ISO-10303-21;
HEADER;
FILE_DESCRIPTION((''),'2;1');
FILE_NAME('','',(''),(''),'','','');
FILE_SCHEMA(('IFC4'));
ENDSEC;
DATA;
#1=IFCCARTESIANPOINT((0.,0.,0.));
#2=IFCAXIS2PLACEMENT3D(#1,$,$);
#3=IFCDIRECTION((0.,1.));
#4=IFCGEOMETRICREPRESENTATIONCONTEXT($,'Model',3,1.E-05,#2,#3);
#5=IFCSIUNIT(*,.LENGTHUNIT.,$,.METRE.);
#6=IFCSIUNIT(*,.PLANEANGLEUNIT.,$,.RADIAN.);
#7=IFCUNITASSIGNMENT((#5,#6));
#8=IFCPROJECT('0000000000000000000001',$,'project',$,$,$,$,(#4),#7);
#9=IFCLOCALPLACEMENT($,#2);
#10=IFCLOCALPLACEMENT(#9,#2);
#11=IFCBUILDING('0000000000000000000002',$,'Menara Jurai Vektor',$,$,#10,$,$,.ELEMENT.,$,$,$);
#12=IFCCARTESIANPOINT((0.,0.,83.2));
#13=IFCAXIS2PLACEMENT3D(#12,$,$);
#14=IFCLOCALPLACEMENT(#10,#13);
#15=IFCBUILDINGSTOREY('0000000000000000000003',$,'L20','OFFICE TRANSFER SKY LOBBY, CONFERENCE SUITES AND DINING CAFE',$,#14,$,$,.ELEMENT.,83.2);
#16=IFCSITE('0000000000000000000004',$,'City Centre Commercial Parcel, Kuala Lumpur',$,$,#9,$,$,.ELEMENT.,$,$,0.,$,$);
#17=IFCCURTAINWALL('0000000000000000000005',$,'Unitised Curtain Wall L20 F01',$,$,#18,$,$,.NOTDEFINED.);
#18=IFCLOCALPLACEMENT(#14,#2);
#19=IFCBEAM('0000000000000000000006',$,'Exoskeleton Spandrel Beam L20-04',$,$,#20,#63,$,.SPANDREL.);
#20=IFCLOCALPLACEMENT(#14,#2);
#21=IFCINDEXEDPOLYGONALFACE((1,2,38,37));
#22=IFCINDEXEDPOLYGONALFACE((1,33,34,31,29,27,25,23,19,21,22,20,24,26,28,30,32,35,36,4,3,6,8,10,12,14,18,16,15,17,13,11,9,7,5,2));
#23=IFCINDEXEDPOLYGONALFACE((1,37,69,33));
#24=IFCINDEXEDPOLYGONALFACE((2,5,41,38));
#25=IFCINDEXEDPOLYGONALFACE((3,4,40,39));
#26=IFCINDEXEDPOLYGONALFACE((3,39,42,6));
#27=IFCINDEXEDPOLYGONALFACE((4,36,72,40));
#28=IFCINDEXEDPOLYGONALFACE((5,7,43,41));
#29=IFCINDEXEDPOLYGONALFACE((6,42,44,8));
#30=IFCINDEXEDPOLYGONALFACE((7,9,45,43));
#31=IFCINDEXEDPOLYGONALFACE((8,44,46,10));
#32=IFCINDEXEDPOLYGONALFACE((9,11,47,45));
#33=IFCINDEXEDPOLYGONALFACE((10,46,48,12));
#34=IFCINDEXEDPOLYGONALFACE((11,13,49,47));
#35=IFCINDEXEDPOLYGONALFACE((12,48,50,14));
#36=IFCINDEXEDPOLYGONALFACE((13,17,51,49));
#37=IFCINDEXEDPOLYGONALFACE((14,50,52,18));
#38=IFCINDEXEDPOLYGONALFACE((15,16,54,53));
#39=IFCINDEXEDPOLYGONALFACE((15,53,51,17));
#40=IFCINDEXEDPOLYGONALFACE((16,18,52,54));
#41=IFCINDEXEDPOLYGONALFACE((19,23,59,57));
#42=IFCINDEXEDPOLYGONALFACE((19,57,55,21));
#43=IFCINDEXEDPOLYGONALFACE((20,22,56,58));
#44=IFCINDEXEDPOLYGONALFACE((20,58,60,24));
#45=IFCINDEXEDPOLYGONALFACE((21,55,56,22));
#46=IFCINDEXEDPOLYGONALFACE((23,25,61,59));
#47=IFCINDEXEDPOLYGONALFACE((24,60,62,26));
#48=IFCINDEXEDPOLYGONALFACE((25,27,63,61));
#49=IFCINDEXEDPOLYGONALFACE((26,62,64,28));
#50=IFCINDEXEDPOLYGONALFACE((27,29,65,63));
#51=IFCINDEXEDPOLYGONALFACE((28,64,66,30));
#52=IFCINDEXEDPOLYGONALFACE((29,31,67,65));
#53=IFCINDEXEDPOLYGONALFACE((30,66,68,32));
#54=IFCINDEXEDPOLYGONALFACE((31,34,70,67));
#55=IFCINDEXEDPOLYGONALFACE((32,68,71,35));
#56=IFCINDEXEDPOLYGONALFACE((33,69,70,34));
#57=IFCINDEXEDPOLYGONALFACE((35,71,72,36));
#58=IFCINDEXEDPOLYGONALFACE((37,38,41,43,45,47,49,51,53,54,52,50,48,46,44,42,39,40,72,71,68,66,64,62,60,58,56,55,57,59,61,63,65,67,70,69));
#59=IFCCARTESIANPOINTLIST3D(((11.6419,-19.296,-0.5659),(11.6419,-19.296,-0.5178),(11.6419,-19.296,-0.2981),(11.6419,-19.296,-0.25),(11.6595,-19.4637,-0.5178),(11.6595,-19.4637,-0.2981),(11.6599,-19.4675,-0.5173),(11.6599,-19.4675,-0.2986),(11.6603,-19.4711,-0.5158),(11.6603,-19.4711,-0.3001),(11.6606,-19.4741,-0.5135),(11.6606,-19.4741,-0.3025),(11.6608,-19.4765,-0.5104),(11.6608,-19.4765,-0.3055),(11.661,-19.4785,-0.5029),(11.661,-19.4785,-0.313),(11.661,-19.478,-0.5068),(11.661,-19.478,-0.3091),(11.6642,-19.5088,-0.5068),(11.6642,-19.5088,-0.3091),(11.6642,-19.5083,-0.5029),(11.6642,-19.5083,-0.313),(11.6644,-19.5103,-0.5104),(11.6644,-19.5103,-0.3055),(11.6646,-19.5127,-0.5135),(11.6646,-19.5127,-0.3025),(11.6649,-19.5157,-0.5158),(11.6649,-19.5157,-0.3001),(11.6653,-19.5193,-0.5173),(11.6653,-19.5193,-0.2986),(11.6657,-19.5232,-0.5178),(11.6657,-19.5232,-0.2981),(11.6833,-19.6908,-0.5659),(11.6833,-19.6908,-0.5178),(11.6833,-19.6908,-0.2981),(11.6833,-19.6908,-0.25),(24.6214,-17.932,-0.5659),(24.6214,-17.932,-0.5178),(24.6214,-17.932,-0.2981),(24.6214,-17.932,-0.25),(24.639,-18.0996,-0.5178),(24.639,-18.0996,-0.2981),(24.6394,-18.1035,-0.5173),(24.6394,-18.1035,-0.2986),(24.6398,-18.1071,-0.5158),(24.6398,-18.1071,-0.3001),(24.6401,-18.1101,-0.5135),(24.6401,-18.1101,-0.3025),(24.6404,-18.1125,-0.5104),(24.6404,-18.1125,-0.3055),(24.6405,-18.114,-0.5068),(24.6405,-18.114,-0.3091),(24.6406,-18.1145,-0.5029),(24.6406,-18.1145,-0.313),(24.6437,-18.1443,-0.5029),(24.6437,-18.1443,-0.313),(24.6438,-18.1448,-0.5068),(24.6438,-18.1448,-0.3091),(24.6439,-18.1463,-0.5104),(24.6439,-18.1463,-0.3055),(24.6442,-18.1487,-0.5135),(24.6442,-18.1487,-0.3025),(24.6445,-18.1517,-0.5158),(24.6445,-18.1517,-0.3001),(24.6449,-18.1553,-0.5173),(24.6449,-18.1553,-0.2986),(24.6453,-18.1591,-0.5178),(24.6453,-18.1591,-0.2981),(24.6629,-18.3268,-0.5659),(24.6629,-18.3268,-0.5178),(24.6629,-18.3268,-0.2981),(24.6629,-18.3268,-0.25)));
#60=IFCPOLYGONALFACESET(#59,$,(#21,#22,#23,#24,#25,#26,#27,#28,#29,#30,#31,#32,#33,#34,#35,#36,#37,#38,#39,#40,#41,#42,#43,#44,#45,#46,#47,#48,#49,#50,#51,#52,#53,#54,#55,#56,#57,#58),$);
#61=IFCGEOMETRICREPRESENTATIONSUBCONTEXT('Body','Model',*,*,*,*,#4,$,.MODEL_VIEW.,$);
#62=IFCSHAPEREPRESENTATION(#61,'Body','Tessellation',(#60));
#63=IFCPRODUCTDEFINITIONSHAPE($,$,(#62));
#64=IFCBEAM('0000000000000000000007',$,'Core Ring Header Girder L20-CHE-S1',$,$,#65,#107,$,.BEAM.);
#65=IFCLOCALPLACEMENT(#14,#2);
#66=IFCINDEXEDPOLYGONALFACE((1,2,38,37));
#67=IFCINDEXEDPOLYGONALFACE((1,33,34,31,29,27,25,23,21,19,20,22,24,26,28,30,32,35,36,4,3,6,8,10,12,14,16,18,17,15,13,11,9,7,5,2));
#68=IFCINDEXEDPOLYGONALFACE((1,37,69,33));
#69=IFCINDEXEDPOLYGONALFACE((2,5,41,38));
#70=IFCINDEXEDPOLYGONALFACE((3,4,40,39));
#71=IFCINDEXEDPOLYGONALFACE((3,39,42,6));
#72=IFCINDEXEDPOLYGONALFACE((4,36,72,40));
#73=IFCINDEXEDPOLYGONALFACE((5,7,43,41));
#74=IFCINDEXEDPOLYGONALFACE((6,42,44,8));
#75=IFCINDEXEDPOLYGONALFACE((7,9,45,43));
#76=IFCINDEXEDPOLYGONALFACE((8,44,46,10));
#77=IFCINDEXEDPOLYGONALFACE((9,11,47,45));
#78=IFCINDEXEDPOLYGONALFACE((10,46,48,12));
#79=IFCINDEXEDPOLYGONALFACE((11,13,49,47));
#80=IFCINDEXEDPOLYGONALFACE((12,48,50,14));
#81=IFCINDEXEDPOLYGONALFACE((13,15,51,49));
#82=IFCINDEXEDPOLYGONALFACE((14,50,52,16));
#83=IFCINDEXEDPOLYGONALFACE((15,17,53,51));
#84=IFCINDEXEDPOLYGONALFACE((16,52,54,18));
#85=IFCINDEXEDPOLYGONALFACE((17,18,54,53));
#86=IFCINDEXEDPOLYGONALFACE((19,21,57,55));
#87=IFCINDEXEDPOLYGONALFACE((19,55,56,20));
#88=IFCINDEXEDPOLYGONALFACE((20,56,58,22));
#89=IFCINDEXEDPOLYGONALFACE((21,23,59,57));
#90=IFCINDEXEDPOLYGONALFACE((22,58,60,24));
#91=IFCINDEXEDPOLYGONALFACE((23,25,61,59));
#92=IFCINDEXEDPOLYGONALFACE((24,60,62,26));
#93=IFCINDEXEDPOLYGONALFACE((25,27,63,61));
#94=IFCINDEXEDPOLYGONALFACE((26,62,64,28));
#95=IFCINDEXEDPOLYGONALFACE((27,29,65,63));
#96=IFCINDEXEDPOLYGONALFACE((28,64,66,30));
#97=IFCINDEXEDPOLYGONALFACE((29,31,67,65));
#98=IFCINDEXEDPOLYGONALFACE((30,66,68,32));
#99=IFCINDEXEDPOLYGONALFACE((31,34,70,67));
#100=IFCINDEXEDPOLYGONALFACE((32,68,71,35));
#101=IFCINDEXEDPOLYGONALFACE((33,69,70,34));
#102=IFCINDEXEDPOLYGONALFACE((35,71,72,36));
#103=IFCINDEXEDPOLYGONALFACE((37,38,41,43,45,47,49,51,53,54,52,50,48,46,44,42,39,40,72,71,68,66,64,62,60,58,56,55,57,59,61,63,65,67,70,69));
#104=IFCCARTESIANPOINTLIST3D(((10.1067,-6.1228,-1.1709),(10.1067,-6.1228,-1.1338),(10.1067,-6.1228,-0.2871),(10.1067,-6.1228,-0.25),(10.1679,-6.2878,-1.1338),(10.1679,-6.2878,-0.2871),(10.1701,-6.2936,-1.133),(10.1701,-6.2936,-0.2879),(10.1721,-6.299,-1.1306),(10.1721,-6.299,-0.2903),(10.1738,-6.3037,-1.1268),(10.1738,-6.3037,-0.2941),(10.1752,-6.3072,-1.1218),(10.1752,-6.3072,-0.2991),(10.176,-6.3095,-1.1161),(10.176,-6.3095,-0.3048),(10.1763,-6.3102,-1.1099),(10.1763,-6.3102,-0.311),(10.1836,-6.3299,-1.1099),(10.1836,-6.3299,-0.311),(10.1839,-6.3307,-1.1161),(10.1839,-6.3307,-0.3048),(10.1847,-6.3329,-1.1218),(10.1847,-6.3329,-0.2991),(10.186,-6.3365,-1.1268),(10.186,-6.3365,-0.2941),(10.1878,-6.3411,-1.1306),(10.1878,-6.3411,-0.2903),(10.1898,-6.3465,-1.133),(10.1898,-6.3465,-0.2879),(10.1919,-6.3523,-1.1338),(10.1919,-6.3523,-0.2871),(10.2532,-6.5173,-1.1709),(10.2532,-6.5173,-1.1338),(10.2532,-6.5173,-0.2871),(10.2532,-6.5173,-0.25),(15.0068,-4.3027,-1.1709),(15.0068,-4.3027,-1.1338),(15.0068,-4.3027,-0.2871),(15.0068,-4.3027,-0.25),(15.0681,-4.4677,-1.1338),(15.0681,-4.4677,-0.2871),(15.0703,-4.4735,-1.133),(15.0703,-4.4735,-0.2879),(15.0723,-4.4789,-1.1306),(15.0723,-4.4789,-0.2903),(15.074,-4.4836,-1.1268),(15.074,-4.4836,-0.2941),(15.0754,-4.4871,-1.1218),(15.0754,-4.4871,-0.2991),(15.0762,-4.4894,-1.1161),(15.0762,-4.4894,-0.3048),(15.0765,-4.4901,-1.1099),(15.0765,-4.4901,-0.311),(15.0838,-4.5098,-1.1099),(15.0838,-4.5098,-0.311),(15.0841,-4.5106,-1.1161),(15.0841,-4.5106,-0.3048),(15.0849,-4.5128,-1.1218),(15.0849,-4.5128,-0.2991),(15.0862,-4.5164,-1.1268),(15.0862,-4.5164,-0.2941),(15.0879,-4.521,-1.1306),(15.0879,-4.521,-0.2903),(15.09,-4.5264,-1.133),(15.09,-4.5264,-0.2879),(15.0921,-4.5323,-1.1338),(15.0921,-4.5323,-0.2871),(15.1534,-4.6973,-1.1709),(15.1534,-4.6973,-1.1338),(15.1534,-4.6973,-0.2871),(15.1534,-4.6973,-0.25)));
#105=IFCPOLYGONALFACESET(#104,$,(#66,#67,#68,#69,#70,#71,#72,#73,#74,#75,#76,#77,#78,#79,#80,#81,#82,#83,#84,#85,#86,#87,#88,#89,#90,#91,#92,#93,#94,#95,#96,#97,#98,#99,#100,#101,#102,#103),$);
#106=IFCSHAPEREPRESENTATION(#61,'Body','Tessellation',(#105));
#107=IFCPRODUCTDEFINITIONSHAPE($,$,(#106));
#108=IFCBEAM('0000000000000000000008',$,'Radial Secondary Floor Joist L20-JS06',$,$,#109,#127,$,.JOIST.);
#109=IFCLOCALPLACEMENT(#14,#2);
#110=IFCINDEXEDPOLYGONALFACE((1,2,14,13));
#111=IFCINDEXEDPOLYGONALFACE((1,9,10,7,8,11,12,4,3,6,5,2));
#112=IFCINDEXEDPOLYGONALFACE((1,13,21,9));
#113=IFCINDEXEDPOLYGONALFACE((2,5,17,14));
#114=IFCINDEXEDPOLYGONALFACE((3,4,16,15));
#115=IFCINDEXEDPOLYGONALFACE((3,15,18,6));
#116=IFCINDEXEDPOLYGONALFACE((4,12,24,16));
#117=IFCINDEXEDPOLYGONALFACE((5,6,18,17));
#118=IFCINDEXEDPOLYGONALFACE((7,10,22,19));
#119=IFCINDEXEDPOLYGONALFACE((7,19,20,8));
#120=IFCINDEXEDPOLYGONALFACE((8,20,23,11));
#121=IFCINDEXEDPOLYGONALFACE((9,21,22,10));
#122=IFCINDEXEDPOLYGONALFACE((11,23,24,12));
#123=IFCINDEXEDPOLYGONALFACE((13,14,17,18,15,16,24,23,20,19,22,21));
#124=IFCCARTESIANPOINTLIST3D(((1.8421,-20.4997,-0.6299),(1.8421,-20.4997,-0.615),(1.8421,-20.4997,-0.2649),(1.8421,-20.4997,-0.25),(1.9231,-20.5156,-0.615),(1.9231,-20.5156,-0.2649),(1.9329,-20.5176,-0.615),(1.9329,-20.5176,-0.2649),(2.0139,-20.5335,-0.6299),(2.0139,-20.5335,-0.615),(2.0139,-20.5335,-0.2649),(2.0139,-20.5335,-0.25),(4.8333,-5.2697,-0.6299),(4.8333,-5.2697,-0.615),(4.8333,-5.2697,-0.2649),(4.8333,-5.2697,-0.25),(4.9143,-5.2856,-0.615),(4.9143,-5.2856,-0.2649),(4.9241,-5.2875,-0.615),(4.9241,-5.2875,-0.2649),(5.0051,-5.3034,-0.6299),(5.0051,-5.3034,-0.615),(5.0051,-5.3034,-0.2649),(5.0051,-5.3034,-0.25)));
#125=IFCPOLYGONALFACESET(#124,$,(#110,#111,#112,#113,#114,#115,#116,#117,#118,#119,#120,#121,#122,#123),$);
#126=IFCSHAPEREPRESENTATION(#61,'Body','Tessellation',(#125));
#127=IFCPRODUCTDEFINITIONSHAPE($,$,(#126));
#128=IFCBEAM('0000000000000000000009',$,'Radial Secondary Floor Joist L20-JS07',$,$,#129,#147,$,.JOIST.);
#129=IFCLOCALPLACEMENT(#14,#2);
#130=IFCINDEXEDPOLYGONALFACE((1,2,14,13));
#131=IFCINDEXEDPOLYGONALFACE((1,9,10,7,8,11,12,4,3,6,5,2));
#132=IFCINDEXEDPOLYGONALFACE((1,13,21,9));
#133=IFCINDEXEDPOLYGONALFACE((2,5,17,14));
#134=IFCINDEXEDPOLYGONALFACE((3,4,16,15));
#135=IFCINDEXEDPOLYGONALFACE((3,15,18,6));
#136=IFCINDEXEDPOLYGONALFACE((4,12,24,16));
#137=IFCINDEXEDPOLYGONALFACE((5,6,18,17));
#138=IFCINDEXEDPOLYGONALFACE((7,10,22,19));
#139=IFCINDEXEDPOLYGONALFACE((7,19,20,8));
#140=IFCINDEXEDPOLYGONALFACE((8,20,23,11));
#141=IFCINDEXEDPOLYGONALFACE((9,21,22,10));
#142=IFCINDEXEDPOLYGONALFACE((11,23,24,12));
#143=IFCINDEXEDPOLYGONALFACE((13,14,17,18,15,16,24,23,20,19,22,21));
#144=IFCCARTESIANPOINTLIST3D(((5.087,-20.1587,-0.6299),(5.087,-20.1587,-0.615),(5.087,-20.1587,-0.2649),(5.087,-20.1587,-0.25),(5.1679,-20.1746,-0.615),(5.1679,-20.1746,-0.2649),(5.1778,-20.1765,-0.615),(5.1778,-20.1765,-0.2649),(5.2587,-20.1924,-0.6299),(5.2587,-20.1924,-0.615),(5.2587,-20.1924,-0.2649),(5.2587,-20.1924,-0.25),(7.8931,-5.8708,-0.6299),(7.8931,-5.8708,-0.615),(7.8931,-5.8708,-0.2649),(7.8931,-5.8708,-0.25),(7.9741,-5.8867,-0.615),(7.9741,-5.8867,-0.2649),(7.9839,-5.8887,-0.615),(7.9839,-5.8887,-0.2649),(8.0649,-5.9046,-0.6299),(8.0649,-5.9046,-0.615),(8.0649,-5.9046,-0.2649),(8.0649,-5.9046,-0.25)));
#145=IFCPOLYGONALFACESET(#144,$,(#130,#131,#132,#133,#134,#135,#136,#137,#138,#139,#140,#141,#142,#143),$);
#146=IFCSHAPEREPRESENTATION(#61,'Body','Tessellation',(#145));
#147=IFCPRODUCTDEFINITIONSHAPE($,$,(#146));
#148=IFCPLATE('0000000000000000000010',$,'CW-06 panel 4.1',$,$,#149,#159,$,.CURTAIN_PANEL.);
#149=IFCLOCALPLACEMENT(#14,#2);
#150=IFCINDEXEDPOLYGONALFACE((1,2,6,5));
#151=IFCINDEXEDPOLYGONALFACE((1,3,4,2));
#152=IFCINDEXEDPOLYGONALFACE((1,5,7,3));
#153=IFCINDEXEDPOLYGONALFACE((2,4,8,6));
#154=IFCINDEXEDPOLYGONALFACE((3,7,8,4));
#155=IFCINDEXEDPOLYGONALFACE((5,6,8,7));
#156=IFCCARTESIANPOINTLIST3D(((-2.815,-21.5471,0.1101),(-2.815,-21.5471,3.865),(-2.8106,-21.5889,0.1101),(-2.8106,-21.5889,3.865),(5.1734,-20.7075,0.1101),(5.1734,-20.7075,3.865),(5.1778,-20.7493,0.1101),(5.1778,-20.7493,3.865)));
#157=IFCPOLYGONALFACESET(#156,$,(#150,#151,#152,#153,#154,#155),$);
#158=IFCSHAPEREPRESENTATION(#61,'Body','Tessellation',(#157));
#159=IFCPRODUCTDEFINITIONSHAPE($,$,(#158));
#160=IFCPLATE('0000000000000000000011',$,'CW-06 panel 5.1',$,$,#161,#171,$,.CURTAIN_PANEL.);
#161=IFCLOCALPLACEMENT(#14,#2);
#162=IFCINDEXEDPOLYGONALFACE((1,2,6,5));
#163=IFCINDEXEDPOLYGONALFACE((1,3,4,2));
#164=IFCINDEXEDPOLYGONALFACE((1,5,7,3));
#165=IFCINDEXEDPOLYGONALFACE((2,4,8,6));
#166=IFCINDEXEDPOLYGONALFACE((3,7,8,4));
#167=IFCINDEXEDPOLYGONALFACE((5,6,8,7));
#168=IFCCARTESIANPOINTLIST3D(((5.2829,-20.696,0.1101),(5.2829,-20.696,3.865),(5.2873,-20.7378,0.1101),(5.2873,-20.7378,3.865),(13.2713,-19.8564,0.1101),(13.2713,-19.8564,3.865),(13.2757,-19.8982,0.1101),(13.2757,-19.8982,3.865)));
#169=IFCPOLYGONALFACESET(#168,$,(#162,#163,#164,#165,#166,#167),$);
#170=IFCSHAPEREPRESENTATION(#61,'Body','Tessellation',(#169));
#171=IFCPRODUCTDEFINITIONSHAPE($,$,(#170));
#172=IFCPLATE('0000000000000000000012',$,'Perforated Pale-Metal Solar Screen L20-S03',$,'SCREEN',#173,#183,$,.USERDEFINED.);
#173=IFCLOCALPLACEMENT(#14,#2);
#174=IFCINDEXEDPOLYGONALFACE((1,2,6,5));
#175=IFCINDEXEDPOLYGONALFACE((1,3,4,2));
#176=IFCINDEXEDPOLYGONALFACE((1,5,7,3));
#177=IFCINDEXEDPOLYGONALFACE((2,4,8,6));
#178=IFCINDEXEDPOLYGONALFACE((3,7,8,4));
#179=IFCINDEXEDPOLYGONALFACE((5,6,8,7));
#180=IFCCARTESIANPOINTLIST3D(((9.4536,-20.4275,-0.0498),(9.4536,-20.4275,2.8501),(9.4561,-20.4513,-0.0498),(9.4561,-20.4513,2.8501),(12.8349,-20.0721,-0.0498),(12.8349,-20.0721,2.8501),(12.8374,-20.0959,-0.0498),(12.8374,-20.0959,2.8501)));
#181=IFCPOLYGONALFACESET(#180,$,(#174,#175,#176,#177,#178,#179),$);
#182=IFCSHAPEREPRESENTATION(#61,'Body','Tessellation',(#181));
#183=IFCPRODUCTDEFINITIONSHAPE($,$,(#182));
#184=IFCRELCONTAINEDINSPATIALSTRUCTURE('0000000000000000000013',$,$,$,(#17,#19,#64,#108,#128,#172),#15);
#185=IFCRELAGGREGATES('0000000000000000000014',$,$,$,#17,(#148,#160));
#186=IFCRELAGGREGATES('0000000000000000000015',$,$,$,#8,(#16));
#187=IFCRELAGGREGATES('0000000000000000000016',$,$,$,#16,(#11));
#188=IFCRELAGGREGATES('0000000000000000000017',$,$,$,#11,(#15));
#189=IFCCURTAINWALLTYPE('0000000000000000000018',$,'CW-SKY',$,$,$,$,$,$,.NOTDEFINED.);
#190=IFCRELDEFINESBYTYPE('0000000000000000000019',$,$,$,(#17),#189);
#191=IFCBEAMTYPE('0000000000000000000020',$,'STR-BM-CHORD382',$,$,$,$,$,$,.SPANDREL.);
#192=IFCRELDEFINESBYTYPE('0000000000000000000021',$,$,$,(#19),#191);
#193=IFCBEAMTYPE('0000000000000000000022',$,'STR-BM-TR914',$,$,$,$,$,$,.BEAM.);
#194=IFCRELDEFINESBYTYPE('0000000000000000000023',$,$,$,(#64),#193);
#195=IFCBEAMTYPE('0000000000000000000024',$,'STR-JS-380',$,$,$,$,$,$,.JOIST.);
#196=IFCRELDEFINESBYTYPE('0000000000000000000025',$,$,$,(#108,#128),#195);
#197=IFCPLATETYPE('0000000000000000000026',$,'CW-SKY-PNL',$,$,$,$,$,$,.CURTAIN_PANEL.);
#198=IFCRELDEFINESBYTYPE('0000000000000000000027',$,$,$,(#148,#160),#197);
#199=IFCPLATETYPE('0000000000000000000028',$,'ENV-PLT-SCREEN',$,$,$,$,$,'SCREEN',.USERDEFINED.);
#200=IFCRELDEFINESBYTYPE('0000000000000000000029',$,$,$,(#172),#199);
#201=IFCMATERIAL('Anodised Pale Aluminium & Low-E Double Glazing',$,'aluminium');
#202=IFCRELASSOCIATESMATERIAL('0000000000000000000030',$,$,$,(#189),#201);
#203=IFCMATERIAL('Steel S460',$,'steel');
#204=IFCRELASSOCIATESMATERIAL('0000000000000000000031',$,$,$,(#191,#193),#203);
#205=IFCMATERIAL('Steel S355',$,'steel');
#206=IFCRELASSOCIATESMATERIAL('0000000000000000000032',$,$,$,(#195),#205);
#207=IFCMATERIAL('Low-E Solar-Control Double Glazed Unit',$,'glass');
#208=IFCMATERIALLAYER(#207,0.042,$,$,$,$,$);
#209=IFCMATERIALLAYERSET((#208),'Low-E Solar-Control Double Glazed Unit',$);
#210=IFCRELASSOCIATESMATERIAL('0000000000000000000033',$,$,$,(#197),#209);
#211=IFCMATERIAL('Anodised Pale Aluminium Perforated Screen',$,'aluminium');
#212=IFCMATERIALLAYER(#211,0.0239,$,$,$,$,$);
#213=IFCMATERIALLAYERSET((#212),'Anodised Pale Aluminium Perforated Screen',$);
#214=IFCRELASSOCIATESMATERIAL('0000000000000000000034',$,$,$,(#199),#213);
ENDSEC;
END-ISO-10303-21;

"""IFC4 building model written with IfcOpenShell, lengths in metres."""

from ifc_helpers import new_model, si_unit, direction, frame, origin, origin_2d, place, context, subcontext, project, spatial, rectangle, i_section, extrude, material, layer, layer_set, material_profile, profile_set, type_object, element, aggregate, save


model = new_model("IFC4")

# Units and contexts
model_context = context("Model", 3, precision=1e-05, world=origin(), true_north=direction((0.0, 1.0)))
body_context = subcontext(model_context, "Body", "Model", "MODEL_VIEW")
ifc_project = project(units=[si_unit("LENGTHUNIT", "METRE"), si_unit("PLANEANGLEUNIT", "RADIAN")], contexts=[model_context])

# Site, building, storey
site_placement = place(None, origin())
site = spatial("IfcSite", under=ifc_project, at=site_placement, Name="City Centre Commercial Parcel, Kuala Lumpur", CompositionType="ELEMENT", RefElevation=0.0)
building_placement = place(site_placement, origin())
building = spatial("IfcBuilding", under=site, at=building_placement, Name="Menara Jurai Vektor", CompositionType="ELEMENT")
storey_placement = place(building_placement, frame((0.0, 0.0, 83.2)))
storey = spatial("IfcBuildingStorey", under=building, at=storey_placement, Name="L20", Description="OFFICE TRANSFER SKY LOBBY, CONFERENCE SUITES AND DINING CAFE", CompositionType="ELEMENT", Elevation=83.2)

# Shared definitions
ifc_material_1 = material(Name="Steel S460", Category="steel")

# Curtain wall
ifc_material_2 = material(Name="Anodised Pale Aluminium & Low-E Double Glazing", Category="aluminium")
curtain_wall_type = type_object("IfcCurtainWallType", Name="CW-SKY", PredefinedType="NOTDEFINED", material=ifc_material_2)
curtain_wall_placement = place(storey_placement, origin())
curtain_wall = element("IfcCurtainWall", 1, at=curtain_wall_placement, inside=storey, type_object=curtain_wall_type, Name="Unitised Curtain Wall L20 F01", PredefinedType="NOTDEFINED")

# Beams
ifc_material_3 = material(Name="Steel S355", Category="steel")
ifc_material_profile_1 = material_profile(ifc_material_1, i_section(OverallWidth=0.397, OverallDepth=0.3159, WebThickness=0.03, FlangeThickness=0.0481, FilletRadius=0.0149, at=origin_2d()), Name="HD 400x382")
ifc_profile_set_1 = profile_set([ifc_material_profile_1], Name="Steel S460")
beam_type_1 = type_object("IfcBeamType", Name="STR-BM-CHORD382", PredefinedType="SPANDREL", material=ifc_profile_set_1)
beam_1_placement = place(storey_placement, frame((11.6626, -19.4934, -0.408), z_axis=(0.994523, 0.104514, 0.0), x_axis=(-0.104514, 0.994523, 0.0)))
element("IfcBeam", 2, at=beam_1_placement, inside=storey, type_object=beam_type_1, Name="Exoskeleton Spandrel Beam L20-04", PredefinedType="SPANDREL", context=body_context, shape_type="SweptSolid", body=[
    extrude(i_section(OverallWidth=0.397, OverallDepth=0.3159, WebThickness=0.03, FlangeThickness=0.0481, FilletRadius=0.0149, at=origin_2d()), origin(), (0.0, 0.0, 1.0), 13.051),
])
ifc_material_profile_2 = material_profile(ifc_material_1, i_section(OverallWidth=0.4209, OverallDepth=0.9209, WebThickness=0.021, FlangeThickness=0.0371, FilletRadius=0.0239, at=origin_2d()), Name="UKB 914x419x388")
ifc_profile_set_2 = profile_set([ifc_material_profile_2], Name="Steel S460")
beam_type_2 = type_object("IfcBeamType", Name="STR-BM-TR914", PredefinedType="BEAM", material=ifc_profile_set_2)
beam_2_placement = place(storey_placement, frame((10.1799, -6.3201, -0.7104), z_axis=(0.937424, 0.348189, 0.0), x_axis=(-0.348189, 0.937424, 0.0)))
element("IfcBeam", 3, at=beam_2_placement, inside=storey, type_object=beam_type_2, Name="Core Ring Header Girder L20-CHE-S1", PredefinedType="BEAM", context=body_context, shape_type="SweptSolid", body=[
    extrude(i_section(OverallWidth=0.4209, OverallDepth=0.9209, WebThickness=0.021, FlangeThickness=0.0371, FilletRadius=0.0239, at=origin_2d()), origin(), (0.0, 0.0, 1.0), 5.2273),
])
ifc_material_profile_3 = material_profile(ifc_material_3, i_section(OverallWidth=0.175, OverallDepth=0.3799, WebThickness=0.01, FlangeThickness=0.0149, at=origin_2d()), Name="PG 380x175x58")
ifc_profile_set_3 = profile_set([ifc_material_profile_3], Name="Steel S355")
beam_type_3 = type_object("IfcBeamType", Name="STR-JS-380", PredefinedType="JOIST", material=ifc_profile_set_3)
beam_3_placement = place(storey_placement, frame((1.928, -20.5166, -0.4399), z_axis=(0.192721, 0.981254, 0.0), x_axis=(-0.981254, 0.192721, 0.0)))
element("IfcBeam", 4, at=beam_3_placement, inside=storey, type_object=beam_type_3, Name="Radial Secondary Floor Joist L20-JS06", PredefinedType="JOIST", context=body_context, shape_type="SweptSolid", body=[
    extrude(i_section(OverallWidth=0.175, OverallDepth=0.3799, WebThickness=0.01, FlangeThickness=0.0149, at=origin_2d()), origin(), (0.0, 0.0, 1.0), 15.521),
])
beam_4_placement = place(storey_placement, frame((5.1729, -20.1755, -0.4399), z_axis=(0.19272, 0.981254, 0.0), x_axis=(-0.981254, 0.19272, 0.0)))
element("IfcBeam", 5, at=beam_4_placement, inside=storey, type_object=beam_type_3, Name="Radial Secondary Floor Joist L20-JS07", PredefinedType="JOIST", context=body_context, shape_type="SweptSolid", body=[
    extrude(i_section(OverallWidth=0.175, OverallDepth=0.3799, WebThickness=0.01, FlangeThickness=0.0149, at=origin_2d()), origin(), (0.0, 0.0, 1.0), 14.5608),
])

# Plates
ifc_material_4 = material(Name="Low-E Solar-Control Double Glazed Unit", Category="glass")
ifc_layer_1 = layer(ifc_material_4, 0.042)
ifc_layer_set_1 = layer_set([ifc_layer_1], Name="Low-E Solar-Control Double Glazed Unit")
plate_type_1 = type_object("IfcPlateType", Name="CW-SKY-PNL", PredefinedType="CURTAIN_PANEL", material=ifc_layer_set_1)
plate_1_placement = place(storey_placement, frame((1.1814, -21.1482, 0.1101), z_axis=(0.0, 0.0, 1.0), x_axis=(0.994522, 0.104529, 0.0)))
plate_1 = element("IfcPlate", 6, at=plate_1_placement, type_object=plate_type_1, Name="CW-06 panel 4.1", PredefinedType="CURTAIN_PANEL", context=body_context, shape_type="SweptSolid", body=[
    extrude(rectangle(XDim=8.0325, YDim=0.042, at=origin_2d()), origin(), (0.0, 0.0, 1.0), 3.7549),
])
plate_2_placement = place(storey_placement, frame((9.2793, -20.2971, 0.1101), z_axis=(0.0, 0.0, 1.0), x_axis=(0.994522, 0.104529, 0.0)))
plate_2 = element("IfcPlate", 7, at=plate_2_placement, type_object=plate_type_1, Name="CW-06 panel 5.1", PredefinedType="CURTAIN_PANEL", context=body_context, shape_type="SweptSolid", body=[
    extrude(rectangle(XDim=8.0325, YDim=0.042, at=origin_2d()), origin(), (0.0, 0.0, 1.0), 3.7549),
])
aggregate(curtain_wall, [plate_1, plate_2])
ifc_material_5 = material(Name="Anodised Pale Aluminium Perforated Screen", Category="aluminium")
ifc_layer_2 = layer(ifc_material_5, 0.0239)
ifc_layer_set_2 = layer_set([ifc_layer_2], Name="Anodised Pale Aluminium Perforated Screen")
plate_type_2 = type_object("IfcPlateType", Name="ENV-PLT-SCREEN", ElementType="SCREEN", PredefinedType="USERDEFINED", material=ifc_layer_set_2)
plate_3_placement = place(storey_placement, frame((11.1455, -20.2617, -0.0498), z_axis=(0.0, 0.0, 1.0), x_axis=(0.994522, 0.104528, 0.0)))
element("IfcPlate", 8, at=plate_3_placement, inside=storey, type_object=plate_type_2, Name="Perforated Pale-Metal Solar Screen L20-S03", ObjectType="SCREEN", PredefinedType="USERDEFINED", context=body_context, shape_type="SweptSolid", body=[
    extrude(rectangle(XDim=3.3999, YDim=0.0239, at=origin_2d()), origin(), (0.0, 0.0, 1.0), 2.8999),
])

save(model, "model.ifc")
